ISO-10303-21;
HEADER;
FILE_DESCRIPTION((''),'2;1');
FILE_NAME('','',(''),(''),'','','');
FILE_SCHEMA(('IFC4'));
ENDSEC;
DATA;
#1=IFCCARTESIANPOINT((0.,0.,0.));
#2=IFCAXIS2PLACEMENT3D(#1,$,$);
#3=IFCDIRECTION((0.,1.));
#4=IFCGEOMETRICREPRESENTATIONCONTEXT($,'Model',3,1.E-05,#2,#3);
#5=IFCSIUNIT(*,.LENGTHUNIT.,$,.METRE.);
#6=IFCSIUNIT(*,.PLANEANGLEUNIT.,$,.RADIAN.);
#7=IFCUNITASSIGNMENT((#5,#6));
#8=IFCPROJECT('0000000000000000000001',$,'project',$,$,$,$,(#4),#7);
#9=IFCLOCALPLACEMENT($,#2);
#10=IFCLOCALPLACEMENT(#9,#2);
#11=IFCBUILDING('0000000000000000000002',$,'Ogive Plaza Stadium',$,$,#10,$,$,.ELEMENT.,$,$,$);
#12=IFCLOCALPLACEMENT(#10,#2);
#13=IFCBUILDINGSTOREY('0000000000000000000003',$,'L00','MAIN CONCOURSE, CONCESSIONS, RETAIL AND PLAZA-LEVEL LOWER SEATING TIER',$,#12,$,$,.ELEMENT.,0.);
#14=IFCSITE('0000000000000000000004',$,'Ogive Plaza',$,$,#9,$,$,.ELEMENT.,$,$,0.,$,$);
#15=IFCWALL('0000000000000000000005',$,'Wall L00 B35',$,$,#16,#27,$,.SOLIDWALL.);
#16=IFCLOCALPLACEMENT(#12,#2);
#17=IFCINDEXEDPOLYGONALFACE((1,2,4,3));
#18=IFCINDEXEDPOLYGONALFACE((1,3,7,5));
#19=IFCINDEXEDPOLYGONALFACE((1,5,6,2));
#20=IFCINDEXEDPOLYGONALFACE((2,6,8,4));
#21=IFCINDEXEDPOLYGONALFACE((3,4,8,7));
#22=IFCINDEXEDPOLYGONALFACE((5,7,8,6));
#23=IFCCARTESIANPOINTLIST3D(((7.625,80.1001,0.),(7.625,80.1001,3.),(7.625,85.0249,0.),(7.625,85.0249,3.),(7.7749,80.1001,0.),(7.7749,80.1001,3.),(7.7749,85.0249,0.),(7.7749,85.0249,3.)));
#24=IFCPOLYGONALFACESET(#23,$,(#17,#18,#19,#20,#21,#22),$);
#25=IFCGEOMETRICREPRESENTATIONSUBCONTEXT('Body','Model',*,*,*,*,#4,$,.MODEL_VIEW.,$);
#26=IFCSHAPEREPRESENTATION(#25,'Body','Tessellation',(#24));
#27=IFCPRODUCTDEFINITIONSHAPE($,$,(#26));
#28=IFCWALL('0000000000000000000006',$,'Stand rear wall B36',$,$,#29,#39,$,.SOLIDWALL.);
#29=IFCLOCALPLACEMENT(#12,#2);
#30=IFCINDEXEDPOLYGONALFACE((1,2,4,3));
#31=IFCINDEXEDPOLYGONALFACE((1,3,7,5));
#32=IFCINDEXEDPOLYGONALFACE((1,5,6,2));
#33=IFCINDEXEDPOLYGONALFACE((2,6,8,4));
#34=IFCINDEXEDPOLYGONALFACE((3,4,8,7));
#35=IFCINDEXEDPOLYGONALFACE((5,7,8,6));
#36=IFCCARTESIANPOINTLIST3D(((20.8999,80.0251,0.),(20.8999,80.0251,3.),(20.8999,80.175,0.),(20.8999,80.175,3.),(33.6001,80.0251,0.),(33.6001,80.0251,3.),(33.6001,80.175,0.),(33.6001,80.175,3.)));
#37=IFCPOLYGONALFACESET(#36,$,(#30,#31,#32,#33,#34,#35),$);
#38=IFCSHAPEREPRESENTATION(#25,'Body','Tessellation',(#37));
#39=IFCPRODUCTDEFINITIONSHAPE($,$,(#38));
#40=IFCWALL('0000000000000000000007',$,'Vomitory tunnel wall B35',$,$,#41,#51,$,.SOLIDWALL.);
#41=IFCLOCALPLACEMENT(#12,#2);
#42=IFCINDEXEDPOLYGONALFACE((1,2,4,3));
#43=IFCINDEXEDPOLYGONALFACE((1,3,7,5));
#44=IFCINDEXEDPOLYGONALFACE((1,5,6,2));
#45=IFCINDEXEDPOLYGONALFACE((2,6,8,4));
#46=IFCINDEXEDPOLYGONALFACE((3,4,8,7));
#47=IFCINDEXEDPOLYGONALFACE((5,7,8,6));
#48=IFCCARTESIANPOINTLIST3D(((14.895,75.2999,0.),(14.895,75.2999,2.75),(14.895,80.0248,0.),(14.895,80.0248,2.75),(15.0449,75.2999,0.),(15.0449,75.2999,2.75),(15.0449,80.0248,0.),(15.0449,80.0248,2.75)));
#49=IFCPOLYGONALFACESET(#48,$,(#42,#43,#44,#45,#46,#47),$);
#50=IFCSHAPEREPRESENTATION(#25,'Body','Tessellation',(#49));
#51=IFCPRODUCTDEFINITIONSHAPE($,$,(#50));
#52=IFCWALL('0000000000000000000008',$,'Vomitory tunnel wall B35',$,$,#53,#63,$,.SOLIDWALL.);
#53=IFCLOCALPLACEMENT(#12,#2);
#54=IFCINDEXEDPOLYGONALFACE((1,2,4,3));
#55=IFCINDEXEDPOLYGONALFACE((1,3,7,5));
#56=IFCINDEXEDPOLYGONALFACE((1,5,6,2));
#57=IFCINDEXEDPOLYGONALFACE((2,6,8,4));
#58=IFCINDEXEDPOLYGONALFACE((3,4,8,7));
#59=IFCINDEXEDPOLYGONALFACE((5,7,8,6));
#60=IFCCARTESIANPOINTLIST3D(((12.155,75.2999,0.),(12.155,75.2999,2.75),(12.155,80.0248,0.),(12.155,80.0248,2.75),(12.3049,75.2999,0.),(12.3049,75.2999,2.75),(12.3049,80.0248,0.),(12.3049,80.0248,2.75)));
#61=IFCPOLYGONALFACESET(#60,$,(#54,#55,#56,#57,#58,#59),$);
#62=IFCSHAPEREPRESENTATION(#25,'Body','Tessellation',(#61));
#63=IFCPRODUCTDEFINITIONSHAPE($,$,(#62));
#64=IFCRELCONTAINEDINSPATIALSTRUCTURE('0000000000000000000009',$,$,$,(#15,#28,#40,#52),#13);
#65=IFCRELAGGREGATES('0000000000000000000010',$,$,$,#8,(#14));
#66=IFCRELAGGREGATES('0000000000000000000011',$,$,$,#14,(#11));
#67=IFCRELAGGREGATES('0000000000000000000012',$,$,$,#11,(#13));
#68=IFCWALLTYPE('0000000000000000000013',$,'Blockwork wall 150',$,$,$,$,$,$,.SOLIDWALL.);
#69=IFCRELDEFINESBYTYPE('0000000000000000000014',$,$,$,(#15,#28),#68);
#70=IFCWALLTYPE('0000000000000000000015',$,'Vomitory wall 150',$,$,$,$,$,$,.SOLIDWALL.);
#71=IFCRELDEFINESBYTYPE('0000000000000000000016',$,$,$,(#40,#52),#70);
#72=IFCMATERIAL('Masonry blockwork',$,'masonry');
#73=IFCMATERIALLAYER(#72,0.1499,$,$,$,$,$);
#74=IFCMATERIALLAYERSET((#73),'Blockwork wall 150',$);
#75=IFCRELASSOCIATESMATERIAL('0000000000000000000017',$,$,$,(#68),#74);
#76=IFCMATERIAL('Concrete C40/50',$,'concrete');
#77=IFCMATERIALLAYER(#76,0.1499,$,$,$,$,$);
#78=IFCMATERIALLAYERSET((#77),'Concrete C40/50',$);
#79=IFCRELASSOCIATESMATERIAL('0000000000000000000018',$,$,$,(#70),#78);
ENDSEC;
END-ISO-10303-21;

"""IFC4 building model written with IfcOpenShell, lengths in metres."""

from ifc_helpers import new_model, si_unit, direction, frame, frame_2d, origin, place, context, subcontext, project, spatial, rectangle, extrude, material, layer, layer_set, type_object, element, save


model = new_model("IFC4")

# Units and contexts
model_context = context("Model", 3, precision=1e-05, world=origin(), true_north=direction((0.0, 1.0)))
body_context = subcontext(model_context, "Body", "Model", "MODEL_VIEW")
ifc_project = project(units=[si_unit("LENGTHUNIT", "METRE"), si_unit("PLANEANGLEUNIT", "RADIAN")], contexts=[model_context])

# Site, building, storey
site_placement = place(None, origin())
site = spatial("IfcSite", under=ifc_project, at=site_placement, Name="Ogive Plaza", CompositionType="ELEMENT", RefElevation=0.0)
building_placement = place(site_placement, origin())
building = spatial("IfcBuilding", under=site, at=building_placement, Name="Ogive Plaza Stadium", CompositionType="ELEMENT")
storey_placement = place(building_placement, origin())
storey = spatial("IfcBuildingStorey", under=building, at=storey_placement, Name="L00", Description="MAIN CONCOURSE, CONCESSIONS, RETAIL AND PLAZA-LEVEL LOWER SEATING TIER", CompositionType="ELEMENT", Elevation=0.0)

# Wall
ifc_material_1 = material(Name="Masonry blockwork", Category="masonry")
ifc_layer_1 = layer(ifc_material_1, 0.1499)
ifc_layer_set_1 = layer_set([ifc_layer_1], Name="Blockwork wall 150")
wall_type_1 = type_object("IfcWallType", Name="Blockwork wall 150", PredefinedType="SOLIDWALL", material=ifc_layer_set_1)
for number, where, z_axis, x_axis, name in (
    (1, (7.7, 80.1001, 0.0), (0.0, 0.0, 1.0), (0.0, 1.0, 0.0), "Wall L00 B35"),
):
    element("IfcWall", number, at=place(storey_placement, frame(where, z_axis=z_axis, x_axis=x_axis)), inside=storey, type_object=wall_type_1, Name=name, PredefinedType="SOLIDWALL", context=body_context, shape_type="SweptSolid", body=[
        extrude(rectangle(XDim=4.9248, YDim=0.1499, at=frame_2d((2.4624, 0.0))), origin(), (0.0, 0.0, 1.0), 3.0),
    ])

# Walls
wall_1_placement = place(storey_placement, frame((20.8999, 80.1001, 0.0), z_axis=(0.0, 0.0, 1.0), x_axis=(1.0, 0.0, 0.0)))
element("IfcWall", 2, at=wall_1_placement, inside=storey, type_object=wall_type_1, Name="Stand rear wall B36", PredefinedType="SOLIDWALL", context=body_context, shape_type="SweptSolid", body=[
    extrude(rectangle(XDim=12.7002, YDim=0.1499, at=frame_2d((6.3501, 0.0))), origin(), (0.0, 0.0, 1.0), 3.0),
])
ifc_material_2 = material(Name="Concrete C40/50", Category="concrete")
ifc_layer_2 = layer(ifc_material_2, 0.1499)
ifc_layer_set_2 = layer_set([ifc_layer_2], Name="Concrete C40/50")
wall_type_2 = type_object("IfcWallType", Name="Vomitory wall 150", PredefinedType="SOLIDWALL", material=ifc_layer_set_2)
for number, where, z_axis, x_axis, name in (
    (3, (14.97, 75.3, 0.0), (0.0, 0.0, 1.0), (0.0, 1.0, 0.0), "Vomitory tunnel wall B35"),
    (4, (12.23, 75.3, 0.0), (0.0, 0.0, 1.0), (0.0, 1.0, 0.0), "Vomitory tunnel wall B35"),
):
    element("IfcWall", number, at=place(storey_placement, frame(where, z_axis=z_axis, x_axis=x_axis)), inside=storey, type_object=wall_type_2, Name=name, PredefinedType="SOLIDWALL", context=body_context, shape_type="SweptSolid", body=[
        extrude(rectangle(XDim=4.7249, YDim=0.1499, at=frame_2d((2.3623, 0.0))), origin(), (0.0, 0.0, 1.0), 2.75),
    ])

save(model, "model.ifc")
